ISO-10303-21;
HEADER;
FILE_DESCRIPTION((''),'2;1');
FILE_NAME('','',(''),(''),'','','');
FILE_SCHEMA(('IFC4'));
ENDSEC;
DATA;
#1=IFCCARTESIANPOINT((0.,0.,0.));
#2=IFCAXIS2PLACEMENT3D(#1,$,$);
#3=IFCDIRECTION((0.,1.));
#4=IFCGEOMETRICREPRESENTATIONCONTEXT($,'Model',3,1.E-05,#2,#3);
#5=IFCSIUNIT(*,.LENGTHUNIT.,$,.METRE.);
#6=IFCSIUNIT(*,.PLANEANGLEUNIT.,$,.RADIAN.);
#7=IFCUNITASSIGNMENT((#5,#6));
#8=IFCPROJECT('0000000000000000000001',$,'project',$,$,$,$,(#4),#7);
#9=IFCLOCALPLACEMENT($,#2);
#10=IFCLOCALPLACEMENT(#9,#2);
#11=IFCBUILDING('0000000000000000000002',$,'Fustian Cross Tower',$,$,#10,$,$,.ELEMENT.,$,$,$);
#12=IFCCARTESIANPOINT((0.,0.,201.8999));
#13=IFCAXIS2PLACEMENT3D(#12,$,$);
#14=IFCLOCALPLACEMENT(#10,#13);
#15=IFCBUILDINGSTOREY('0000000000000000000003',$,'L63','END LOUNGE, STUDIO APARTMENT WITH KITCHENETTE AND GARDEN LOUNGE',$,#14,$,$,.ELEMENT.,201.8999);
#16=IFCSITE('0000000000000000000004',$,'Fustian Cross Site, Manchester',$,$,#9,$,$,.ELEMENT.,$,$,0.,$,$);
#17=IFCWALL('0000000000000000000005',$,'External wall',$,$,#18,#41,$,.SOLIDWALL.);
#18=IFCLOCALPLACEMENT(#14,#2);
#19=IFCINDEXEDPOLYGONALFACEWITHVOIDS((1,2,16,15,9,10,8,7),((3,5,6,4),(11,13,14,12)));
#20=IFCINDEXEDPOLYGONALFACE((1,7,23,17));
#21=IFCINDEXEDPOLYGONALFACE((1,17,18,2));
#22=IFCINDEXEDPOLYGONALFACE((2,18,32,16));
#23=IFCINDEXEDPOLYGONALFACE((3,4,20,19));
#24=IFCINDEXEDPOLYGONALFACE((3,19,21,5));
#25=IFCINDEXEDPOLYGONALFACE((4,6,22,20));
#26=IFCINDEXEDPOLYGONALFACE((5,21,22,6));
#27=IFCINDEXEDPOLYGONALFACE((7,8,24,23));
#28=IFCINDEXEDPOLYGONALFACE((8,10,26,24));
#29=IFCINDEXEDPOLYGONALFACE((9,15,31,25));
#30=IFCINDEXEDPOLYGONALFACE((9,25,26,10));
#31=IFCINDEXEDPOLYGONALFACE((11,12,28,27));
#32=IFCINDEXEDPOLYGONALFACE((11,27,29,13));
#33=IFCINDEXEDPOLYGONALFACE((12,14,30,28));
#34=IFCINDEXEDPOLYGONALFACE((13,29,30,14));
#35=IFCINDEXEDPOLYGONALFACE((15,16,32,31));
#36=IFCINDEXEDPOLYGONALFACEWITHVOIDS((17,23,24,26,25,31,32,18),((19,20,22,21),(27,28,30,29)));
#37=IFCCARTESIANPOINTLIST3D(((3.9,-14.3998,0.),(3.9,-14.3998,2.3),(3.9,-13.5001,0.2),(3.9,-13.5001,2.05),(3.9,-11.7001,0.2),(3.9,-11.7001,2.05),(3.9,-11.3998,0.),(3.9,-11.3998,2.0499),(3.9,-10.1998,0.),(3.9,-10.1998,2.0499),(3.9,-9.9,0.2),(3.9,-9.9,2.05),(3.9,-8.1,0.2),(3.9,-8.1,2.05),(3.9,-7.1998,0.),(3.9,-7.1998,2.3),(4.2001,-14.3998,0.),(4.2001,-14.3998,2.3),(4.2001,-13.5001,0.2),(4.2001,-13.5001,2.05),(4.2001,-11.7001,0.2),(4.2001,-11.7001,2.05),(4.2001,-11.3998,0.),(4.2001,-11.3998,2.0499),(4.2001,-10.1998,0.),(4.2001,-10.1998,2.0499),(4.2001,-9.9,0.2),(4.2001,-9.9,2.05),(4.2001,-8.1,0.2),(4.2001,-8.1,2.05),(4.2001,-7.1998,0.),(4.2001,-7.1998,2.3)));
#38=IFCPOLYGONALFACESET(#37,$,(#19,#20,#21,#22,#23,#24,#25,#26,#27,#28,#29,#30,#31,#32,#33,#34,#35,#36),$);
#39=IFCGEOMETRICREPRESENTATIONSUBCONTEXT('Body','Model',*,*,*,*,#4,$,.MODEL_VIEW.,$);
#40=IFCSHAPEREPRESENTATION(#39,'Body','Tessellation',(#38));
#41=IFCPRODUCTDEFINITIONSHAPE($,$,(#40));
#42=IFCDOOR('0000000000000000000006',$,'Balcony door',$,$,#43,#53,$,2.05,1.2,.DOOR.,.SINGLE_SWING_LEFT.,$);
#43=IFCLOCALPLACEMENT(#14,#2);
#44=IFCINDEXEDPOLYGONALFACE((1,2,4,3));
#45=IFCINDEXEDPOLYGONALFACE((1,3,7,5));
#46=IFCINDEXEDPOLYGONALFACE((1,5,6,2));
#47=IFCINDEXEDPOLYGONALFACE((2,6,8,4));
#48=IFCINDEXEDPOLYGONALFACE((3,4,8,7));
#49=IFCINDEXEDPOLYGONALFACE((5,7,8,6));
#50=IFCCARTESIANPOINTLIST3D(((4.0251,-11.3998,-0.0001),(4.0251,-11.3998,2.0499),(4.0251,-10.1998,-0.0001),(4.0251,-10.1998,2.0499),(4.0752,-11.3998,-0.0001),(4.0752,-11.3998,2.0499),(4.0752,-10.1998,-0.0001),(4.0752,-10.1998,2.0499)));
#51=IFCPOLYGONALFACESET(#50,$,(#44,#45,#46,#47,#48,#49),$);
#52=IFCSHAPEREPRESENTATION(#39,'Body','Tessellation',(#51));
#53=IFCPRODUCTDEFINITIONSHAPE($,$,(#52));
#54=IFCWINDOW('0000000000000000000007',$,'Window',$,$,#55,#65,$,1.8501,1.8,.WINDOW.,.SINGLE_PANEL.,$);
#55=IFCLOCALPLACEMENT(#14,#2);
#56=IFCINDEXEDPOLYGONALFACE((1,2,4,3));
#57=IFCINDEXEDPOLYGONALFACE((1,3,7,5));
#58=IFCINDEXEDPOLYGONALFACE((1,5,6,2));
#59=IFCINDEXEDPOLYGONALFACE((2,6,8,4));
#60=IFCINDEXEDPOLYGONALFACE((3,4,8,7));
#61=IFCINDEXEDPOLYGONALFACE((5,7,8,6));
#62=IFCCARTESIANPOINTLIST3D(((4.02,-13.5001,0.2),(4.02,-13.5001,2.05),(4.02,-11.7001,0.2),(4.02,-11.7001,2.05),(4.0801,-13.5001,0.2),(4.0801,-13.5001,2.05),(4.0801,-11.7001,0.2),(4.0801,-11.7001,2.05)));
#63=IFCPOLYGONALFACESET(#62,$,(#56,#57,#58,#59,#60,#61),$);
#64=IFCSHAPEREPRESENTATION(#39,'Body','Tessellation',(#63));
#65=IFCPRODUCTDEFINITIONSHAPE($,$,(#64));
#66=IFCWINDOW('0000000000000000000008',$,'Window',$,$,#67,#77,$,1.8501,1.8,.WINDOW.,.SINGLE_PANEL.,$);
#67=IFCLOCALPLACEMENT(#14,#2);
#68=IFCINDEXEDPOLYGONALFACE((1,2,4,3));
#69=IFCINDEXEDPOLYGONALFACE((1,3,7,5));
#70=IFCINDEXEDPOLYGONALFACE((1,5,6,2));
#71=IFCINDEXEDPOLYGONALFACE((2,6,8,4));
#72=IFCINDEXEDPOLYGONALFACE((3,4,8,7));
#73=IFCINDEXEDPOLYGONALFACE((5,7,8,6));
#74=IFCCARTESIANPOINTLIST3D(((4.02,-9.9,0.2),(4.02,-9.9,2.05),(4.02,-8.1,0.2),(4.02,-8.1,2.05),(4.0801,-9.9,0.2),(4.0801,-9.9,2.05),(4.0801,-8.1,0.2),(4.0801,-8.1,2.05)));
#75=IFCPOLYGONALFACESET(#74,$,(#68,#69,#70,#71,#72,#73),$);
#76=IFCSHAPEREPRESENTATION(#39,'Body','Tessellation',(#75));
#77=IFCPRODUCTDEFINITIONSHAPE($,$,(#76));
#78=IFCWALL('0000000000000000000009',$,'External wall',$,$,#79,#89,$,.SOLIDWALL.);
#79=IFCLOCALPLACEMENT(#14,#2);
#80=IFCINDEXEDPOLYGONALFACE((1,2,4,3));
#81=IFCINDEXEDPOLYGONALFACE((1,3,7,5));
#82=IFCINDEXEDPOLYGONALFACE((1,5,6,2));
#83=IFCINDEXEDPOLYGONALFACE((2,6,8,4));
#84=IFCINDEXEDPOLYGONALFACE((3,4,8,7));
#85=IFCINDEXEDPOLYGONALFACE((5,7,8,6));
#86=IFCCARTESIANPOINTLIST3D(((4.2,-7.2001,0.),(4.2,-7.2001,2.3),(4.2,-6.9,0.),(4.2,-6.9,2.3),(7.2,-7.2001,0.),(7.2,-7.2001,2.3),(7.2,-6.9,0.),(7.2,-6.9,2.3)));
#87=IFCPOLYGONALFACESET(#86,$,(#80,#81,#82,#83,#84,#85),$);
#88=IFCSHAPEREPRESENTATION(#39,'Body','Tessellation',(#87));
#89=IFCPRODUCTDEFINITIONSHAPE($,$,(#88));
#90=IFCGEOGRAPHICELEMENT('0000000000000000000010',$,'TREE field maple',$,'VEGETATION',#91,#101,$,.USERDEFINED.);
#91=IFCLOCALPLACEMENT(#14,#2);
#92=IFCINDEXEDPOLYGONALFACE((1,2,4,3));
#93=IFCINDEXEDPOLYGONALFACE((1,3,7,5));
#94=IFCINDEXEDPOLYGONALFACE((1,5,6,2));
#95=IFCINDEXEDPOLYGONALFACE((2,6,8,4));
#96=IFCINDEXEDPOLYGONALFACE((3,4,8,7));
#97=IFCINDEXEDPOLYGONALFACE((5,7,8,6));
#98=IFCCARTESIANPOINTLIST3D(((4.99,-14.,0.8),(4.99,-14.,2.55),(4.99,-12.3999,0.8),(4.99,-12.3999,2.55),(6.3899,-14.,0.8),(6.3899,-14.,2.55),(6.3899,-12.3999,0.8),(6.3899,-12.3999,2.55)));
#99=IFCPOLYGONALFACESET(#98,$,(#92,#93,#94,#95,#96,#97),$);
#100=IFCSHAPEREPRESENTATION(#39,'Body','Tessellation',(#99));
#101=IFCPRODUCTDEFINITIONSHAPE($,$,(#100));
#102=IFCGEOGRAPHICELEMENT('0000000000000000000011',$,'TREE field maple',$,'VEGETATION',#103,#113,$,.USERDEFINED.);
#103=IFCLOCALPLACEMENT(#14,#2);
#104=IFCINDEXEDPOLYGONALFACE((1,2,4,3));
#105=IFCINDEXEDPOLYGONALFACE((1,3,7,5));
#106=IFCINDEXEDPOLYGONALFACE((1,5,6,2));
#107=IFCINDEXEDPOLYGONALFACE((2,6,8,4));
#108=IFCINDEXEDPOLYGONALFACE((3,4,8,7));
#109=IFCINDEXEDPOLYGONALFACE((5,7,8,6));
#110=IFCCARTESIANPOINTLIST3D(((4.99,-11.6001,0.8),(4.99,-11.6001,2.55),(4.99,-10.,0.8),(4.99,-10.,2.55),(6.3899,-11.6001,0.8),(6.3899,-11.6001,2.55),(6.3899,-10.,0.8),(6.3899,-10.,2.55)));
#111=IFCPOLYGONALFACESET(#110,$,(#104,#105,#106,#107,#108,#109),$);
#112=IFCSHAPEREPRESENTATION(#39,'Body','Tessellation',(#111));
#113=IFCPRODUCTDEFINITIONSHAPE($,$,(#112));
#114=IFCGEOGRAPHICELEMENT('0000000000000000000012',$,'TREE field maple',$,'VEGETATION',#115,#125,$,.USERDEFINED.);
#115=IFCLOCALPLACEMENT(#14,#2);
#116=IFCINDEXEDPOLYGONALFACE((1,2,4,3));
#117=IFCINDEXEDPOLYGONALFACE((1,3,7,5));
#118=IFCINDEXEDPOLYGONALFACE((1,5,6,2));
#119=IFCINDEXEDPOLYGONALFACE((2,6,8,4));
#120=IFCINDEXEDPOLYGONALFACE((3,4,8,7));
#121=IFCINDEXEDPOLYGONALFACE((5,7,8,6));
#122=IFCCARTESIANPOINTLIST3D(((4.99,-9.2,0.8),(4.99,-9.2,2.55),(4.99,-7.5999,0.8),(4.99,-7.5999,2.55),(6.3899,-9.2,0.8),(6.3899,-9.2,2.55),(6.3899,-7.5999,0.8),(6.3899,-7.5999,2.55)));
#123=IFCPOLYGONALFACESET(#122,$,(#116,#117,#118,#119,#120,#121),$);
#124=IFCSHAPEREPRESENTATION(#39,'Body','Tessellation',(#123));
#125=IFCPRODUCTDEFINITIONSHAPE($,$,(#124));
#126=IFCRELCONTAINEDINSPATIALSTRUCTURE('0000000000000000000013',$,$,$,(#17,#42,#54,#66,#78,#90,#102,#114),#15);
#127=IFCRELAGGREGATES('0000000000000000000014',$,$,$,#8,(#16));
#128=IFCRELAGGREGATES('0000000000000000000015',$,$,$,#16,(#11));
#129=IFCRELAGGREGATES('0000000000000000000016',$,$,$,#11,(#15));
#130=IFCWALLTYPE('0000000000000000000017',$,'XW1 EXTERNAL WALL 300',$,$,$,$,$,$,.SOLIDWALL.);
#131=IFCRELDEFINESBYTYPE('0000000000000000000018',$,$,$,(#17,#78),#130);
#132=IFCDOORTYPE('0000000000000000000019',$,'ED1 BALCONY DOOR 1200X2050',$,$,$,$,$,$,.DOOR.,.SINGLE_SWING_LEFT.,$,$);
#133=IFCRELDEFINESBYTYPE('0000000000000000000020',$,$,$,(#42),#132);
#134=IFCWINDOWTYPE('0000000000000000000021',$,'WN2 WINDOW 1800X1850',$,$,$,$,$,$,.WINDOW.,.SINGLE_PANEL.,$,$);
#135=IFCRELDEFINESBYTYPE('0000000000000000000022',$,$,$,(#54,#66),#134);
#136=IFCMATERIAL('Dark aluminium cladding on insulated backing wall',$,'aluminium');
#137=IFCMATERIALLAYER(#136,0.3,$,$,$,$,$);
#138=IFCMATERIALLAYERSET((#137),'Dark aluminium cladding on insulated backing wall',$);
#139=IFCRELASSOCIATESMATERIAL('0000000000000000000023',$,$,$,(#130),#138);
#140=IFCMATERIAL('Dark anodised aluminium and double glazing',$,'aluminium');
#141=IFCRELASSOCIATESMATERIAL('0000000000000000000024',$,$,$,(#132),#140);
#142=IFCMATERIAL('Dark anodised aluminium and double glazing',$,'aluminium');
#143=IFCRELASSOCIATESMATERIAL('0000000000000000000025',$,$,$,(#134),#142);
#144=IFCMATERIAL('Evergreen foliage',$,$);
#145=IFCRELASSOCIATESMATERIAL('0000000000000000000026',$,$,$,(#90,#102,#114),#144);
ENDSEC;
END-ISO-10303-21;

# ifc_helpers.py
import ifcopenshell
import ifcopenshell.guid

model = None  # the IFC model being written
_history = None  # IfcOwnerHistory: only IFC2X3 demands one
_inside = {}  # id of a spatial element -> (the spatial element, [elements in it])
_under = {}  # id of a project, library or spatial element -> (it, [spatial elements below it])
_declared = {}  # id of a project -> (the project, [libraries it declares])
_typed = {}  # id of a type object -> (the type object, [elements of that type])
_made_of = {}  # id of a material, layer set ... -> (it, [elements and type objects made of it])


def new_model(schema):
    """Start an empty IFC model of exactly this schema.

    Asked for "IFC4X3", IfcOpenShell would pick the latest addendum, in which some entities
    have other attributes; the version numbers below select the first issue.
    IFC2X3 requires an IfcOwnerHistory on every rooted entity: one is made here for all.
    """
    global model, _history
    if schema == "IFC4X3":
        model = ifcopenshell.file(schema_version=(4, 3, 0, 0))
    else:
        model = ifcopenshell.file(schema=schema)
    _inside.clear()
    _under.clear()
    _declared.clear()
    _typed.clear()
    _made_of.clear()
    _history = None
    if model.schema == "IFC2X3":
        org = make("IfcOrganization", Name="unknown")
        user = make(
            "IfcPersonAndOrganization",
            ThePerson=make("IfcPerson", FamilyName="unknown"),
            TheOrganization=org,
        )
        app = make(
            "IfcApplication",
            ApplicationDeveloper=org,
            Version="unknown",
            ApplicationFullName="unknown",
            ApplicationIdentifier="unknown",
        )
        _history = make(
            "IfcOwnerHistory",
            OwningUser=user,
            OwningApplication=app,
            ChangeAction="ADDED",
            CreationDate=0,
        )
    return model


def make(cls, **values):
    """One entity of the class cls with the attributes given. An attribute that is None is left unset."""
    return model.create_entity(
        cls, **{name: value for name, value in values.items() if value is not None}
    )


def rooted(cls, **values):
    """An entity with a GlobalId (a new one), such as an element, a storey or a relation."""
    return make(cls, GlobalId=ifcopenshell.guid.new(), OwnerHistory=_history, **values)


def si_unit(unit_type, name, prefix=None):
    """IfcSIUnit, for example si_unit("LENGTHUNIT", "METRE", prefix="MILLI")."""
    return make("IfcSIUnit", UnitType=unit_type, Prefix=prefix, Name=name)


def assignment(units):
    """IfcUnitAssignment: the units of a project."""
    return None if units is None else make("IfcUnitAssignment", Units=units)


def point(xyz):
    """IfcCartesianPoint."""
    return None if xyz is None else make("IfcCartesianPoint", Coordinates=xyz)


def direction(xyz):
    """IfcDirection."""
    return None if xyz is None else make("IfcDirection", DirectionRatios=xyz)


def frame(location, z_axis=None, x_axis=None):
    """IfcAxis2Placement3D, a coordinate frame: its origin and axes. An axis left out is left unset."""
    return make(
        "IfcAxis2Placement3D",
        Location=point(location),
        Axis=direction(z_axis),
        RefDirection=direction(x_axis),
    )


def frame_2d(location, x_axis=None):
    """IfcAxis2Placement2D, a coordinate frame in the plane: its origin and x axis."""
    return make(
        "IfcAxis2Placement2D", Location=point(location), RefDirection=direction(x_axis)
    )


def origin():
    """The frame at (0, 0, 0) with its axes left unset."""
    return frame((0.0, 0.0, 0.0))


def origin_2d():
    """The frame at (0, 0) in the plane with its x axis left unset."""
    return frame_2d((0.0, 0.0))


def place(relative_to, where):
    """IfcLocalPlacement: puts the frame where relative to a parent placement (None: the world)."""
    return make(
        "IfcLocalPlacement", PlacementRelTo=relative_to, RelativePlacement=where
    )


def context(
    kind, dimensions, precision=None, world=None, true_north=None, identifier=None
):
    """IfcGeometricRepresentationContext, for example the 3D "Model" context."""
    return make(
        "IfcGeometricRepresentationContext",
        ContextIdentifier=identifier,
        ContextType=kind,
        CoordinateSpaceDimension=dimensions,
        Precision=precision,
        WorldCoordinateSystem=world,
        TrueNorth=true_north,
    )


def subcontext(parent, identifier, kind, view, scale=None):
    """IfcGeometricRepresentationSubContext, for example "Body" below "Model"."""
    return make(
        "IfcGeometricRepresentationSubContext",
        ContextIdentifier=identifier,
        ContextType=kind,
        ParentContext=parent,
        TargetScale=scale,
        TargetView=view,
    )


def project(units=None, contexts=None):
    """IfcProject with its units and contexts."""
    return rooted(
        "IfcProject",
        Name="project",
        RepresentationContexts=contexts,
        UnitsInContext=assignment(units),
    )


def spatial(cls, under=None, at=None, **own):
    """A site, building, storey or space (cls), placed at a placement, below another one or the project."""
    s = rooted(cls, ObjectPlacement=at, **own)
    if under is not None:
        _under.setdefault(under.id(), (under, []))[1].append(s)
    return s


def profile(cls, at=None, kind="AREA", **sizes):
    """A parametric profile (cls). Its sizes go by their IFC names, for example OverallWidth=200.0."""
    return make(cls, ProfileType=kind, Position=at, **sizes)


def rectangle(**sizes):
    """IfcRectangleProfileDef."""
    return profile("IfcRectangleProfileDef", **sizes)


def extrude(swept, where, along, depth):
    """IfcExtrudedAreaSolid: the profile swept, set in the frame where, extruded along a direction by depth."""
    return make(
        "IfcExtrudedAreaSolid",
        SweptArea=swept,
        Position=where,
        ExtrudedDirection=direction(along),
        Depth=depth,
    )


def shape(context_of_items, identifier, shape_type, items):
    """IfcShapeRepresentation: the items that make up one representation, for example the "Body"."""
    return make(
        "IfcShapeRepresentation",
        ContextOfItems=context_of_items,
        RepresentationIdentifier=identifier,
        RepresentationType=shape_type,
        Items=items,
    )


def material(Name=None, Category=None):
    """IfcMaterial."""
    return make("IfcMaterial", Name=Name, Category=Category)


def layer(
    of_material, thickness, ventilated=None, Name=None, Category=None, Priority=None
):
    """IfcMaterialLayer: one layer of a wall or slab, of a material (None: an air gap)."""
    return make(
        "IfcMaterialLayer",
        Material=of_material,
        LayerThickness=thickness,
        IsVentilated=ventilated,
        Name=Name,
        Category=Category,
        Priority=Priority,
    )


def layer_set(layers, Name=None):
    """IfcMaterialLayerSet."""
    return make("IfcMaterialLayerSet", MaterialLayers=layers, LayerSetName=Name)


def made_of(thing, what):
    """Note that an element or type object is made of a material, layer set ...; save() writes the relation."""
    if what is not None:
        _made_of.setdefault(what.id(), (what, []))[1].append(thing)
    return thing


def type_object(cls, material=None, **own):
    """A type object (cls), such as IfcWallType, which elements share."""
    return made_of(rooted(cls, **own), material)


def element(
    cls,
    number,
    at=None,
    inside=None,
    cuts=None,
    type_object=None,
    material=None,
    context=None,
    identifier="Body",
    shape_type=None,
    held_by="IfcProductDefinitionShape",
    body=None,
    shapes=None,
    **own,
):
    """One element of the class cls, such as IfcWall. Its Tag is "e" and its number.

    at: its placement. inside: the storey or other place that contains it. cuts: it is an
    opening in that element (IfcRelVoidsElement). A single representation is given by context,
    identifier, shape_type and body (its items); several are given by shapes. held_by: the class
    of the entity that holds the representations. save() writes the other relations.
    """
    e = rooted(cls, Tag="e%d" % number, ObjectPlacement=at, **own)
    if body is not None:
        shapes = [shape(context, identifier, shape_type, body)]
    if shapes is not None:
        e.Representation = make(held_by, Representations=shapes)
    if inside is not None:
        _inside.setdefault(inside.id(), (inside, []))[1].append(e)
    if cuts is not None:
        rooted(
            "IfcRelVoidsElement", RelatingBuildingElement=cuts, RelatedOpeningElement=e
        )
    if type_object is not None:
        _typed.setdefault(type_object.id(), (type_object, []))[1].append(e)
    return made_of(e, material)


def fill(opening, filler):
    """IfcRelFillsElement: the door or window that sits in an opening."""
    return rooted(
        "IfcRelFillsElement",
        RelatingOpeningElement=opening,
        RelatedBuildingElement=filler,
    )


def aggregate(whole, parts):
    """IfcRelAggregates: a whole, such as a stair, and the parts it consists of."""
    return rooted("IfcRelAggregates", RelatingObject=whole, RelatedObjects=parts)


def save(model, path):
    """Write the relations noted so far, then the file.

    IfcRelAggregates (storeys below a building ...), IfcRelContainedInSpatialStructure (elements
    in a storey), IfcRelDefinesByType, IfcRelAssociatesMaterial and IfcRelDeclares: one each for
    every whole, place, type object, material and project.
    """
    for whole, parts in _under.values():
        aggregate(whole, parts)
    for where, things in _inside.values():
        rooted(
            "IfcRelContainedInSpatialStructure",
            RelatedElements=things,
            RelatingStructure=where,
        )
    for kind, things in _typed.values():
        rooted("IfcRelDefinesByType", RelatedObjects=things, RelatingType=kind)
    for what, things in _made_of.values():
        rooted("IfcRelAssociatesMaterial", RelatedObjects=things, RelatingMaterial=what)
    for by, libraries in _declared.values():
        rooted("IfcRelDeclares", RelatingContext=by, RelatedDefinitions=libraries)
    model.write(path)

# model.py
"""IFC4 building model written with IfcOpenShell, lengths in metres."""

from ifc_helpers import new_model, si_unit, direction, frame, frame_2d, origin, origin_2d, place, context, subcontext, project, spatial, rectangle, extrude, material, layer, layer_set, type_object, element, fill, save


model = new_model("IFC4")

# Units and contexts
model_context = context("Model", 3, precision=1e-05, world=origin(), true_north=direction((0.0, 1.0)))
body_context = subcontext(model_context, "Body", "Model", "MODEL_VIEW")
ifc_project = project(units=[si_unit("LENGTHUNIT", "METRE"), si_unit("PLANEANGLEUNIT", "RADIAN")], contexts=[model_context])

# Site, building, storey
site_placement = place(None, origin())
site = spatial("IfcSite", under=ifc_project, at=site_placement, Name="Fustian Cross Site, Manchester", CompositionType="ELEMENT", RefElevation=0.0)
building_placement = place(site_placement, origin())
building = spatial("IfcBuilding", under=site, at=building_placement, Name="Fustian Cross Tower", CompositionType="ELEMENT")
storey_placement = place(building_placement, frame((0.0, 0.0, 201.8999)))
storey = spatial("IfcBuildingStorey", under=building, at=storey_placement, Name="L63", Description="END LOUNGE, STUDIO APARTMENT WITH KITCHENETTE AND GARDEN LOUNGE", CompositionType="ELEMENT", Elevation=201.8999)

# Wall, openings, door, windows
ifc_material_1 = material(Name="Dark aluminium cladding on insulated backing wall", Category="aluminium")
ifc_layer_1 = layer(ifc_material_1, 0.3)
ifc_layer_set_1 = layer_set([ifc_layer_1], Name="Dark aluminium cladding on insulated backing wall")
wall_type_1 = type_object("IfcWallType", Name="XW1 EXTERNAL WALL 300", PredefinedType="SOLIDWALL", material=ifc_layer_set_1)
wall_1_placement = place(storey_placement, frame((4.05, -14.3999, 0.0), z_axis=(0.0, 0.0, 1.0), x_axis=(0.0, 1.0, 0.0)))
wall_1 = element("IfcWall", 1, at=wall_1_placement, inside=storey, type_object=wall_type_1, Name="External wall", PredefinedType="SOLIDWALL", context=body_context, shape_type="SweptSolid", body=[
    extrude(rectangle(XDim=7.2, YDim=0.3, at=frame_2d((3.6001, 0.0))), origin(), (0.0, 0.0, 1.0), 2.3),
])
opening_1_placement = place(wall_1_placement, frame((3.0, 0.0, 0.0)))
opening_1 = element("IfcOpeningElement", 2, at=opening_1_placement, cuts=wall_1, PredefinedType="OPENING", context=body_context, shape_type="SweptSolid", body=[
    extrude(rectangle(XDim=1.2, YDim=2.05, at=frame_2d((0.6001, 1.0249))), frame((0.0, 0.1599, 0.0), z_axis=(0.0, -1.0, 0.0), x_axis=(1.0, 0.0, 0.0)), (0.0, 0.0, 1.0), 0.3201),
])
opening_2_placement = place(wall_1_placement, frame((0.8999, 0.0, 0.2)))
opening_2 = element("IfcOpeningElement", 3, at=opening_2_placement, cuts=wall_1, PredefinedType="OPENING", context=body_context, shape_type="SweptSolid", body=[
    extrude(rectangle(XDim=1.8, YDim=1.8501, at=frame_2d((0.8999, 0.925))), frame((0.0, 0.1599, 0.0), z_axis=(0.0, -1.0, 0.0), x_axis=(1.0, 0.0, 0.0)), (0.0, 0.0, 1.0), 0.3201),
])
opening_3_placement = place(wall_1_placement, frame((4.5, 0.0, 0.2)))
opening_3 = element("IfcOpeningElement", 4, at=opening_3_placement, cuts=wall_1, PredefinedType="OPENING", context=body_context, shape_type="SweptSolid", body=[
    extrude(rectangle(XDim=1.8, YDim=1.8501, at=frame_2d((0.8999, 0.925))), frame((0.0, 0.1599, 0.0), z_axis=(0.0, -1.0, 0.0), x_axis=(1.0, 0.0, 0.0)), (0.0, 0.0, 1.0), 0.3201),
])
ifc_material_2 = material(Name="Dark anodised aluminium and double glazing", Category="aluminium")
door_type_1 = type_object("IfcDoorType", Name="ED1 BALCONY DOOR 1200X2050", OperationType="SINGLE_SWING_LEFT", PredefinedType="DOOR", material=ifc_material_2)
door_1_placement = place(opening_1_placement, origin())
door_1 = element("IfcDoor", 5, at=door_1_placement, inside=storey, type_object=door_type_1, Name="Balcony door", OperationType="SINGLE_SWING_LEFT", OverallHeight=2.05, OverallWidth=1.2, PredefinedType="DOOR", context=body_context, shape_type="SweptSolid", body=[
    extrude(rectangle(XDim=1.2, YDim=2.05, at=frame_2d((0.6001, 1.0249))), frame((0.0, 0.0249, 0.0), z_axis=(0.0, -1.0, 0.0), x_axis=(1.0, 0.0, 0.0)), (0.0, 0.0, 1.0), 0.05),
])
fill(opening_1, door_1)
ifc_material_3 = material(Name="Dark anodised aluminium and double glazing", Category="aluminium")
window_type = type_object("IfcWindowType", Name="WN2 WINDOW 1800X1850", PartitioningType="SINGLE_PANEL", PredefinedType="WINDOW", material=ifc_material_3)
window_1_placement = place(opening_2_placement, origin())
window_1 = element("IfcWindow", 6, at=window_1_placement, inside=storey, type_object=window_type, Name="Window", OverallHeight=1.8501, OverallWidth=1.8, PartitioningType="SINGLE_PANEL", PredefinedType="WINDOW", context=body_context, shape_type="SweptSolid", body=[
    extrude(rectangle(XDim=1.8, YDim=1.8501, at=frame_2d((0.8999, 0.925))), frame((0.0, 0.03, 0.0), z_axis=(0.0, -1.0, 0.0), x_axis=(1.0, 0.0, 0.0)), (0.0, 0.0, 1.0), 0.0601),
])
fill(opening_2, window_1)
window_2_placement = place(opening_3_placement, origin())
window_2 = element("IfcWindow", 7, at=window_2_placement, inside=storey, type_object=window_type, Name="Window", OverallHeight=1.8501, OverallWidth=1.8, PartitioningType="SINGLE_PANEL", PredefinedType="WINDOW", context=body_context, shape_type="SweptSolid", body=[
    extrude(rectangle(XDim=1.8, YDim=1.8501, at=frame_2d((0.8999, 0.925))), frame((0.0, 0.03, 0.0), z_axis=(0.0, -1.0, 0.0), x_axis=(1.0, 0.0, 0.0)), (0.0, 0.0, 1.0), 0.0601),
])
fill(opening_3, window_2)

# Wall
wall_2_placement = place(storey_placement, frame((4.2, -7.05, 0.0), z_axis=(0.0, 0.0, 1.0), x_axis=(1.0, 0.0, 0.0)))
element("IfcWall", 8, at=wall_2_placement, inside=storey, type_object=wall_type_1, Name="External wall", PredefinedType="SOLIDWALL", context=body_context, shape_type="SweptSolid", body=[
    extrude(rectangle(XDim=3.0, YDim=0.3, at=frame_2d((1.5, 0.0))), origin(), (0.0, 0.0, 1.0), 2.3),
])

# Geographic elements
ifc_material_4 = material(Name="Evergreen foliage")
for number, where, z_axis, x_axis, name in (
    (9, (5.6899, -13.2, 0.8), (0.0, 0.0, 1.0), (1.0, 0.0, 0.0), "TREE field maple"),
    (10, (5.6899, -10.8, 0.8), (0.0, 0.0, 1.0), (1.0, 0.0, 0.0), "TREE field maple"),
    (11, (5.6899, -8.3999, 0.8), (0.0, 0.0, 1.0), (1.0, 0.0, 0.0), "TREE field maple"),
):
    element("IfcGeographicElement", number, at=place(storey_placement, frame(where, z_axis=z_axis, x_axis=x_axis)), inside=storey, material=ifc_material_4, Name=name, ObjectType="VEGETATION", PredefinedType="USERDEFINED", context=body_context, shape_type="SweptSolid", body=[
        extrude(rectangle(XDim=1.3999, YDim=1.6001, at=origin_2d()), origin(), (0.0, 0.0, 1.0), 1.75),
    ])

save(model, "model.ifc")
